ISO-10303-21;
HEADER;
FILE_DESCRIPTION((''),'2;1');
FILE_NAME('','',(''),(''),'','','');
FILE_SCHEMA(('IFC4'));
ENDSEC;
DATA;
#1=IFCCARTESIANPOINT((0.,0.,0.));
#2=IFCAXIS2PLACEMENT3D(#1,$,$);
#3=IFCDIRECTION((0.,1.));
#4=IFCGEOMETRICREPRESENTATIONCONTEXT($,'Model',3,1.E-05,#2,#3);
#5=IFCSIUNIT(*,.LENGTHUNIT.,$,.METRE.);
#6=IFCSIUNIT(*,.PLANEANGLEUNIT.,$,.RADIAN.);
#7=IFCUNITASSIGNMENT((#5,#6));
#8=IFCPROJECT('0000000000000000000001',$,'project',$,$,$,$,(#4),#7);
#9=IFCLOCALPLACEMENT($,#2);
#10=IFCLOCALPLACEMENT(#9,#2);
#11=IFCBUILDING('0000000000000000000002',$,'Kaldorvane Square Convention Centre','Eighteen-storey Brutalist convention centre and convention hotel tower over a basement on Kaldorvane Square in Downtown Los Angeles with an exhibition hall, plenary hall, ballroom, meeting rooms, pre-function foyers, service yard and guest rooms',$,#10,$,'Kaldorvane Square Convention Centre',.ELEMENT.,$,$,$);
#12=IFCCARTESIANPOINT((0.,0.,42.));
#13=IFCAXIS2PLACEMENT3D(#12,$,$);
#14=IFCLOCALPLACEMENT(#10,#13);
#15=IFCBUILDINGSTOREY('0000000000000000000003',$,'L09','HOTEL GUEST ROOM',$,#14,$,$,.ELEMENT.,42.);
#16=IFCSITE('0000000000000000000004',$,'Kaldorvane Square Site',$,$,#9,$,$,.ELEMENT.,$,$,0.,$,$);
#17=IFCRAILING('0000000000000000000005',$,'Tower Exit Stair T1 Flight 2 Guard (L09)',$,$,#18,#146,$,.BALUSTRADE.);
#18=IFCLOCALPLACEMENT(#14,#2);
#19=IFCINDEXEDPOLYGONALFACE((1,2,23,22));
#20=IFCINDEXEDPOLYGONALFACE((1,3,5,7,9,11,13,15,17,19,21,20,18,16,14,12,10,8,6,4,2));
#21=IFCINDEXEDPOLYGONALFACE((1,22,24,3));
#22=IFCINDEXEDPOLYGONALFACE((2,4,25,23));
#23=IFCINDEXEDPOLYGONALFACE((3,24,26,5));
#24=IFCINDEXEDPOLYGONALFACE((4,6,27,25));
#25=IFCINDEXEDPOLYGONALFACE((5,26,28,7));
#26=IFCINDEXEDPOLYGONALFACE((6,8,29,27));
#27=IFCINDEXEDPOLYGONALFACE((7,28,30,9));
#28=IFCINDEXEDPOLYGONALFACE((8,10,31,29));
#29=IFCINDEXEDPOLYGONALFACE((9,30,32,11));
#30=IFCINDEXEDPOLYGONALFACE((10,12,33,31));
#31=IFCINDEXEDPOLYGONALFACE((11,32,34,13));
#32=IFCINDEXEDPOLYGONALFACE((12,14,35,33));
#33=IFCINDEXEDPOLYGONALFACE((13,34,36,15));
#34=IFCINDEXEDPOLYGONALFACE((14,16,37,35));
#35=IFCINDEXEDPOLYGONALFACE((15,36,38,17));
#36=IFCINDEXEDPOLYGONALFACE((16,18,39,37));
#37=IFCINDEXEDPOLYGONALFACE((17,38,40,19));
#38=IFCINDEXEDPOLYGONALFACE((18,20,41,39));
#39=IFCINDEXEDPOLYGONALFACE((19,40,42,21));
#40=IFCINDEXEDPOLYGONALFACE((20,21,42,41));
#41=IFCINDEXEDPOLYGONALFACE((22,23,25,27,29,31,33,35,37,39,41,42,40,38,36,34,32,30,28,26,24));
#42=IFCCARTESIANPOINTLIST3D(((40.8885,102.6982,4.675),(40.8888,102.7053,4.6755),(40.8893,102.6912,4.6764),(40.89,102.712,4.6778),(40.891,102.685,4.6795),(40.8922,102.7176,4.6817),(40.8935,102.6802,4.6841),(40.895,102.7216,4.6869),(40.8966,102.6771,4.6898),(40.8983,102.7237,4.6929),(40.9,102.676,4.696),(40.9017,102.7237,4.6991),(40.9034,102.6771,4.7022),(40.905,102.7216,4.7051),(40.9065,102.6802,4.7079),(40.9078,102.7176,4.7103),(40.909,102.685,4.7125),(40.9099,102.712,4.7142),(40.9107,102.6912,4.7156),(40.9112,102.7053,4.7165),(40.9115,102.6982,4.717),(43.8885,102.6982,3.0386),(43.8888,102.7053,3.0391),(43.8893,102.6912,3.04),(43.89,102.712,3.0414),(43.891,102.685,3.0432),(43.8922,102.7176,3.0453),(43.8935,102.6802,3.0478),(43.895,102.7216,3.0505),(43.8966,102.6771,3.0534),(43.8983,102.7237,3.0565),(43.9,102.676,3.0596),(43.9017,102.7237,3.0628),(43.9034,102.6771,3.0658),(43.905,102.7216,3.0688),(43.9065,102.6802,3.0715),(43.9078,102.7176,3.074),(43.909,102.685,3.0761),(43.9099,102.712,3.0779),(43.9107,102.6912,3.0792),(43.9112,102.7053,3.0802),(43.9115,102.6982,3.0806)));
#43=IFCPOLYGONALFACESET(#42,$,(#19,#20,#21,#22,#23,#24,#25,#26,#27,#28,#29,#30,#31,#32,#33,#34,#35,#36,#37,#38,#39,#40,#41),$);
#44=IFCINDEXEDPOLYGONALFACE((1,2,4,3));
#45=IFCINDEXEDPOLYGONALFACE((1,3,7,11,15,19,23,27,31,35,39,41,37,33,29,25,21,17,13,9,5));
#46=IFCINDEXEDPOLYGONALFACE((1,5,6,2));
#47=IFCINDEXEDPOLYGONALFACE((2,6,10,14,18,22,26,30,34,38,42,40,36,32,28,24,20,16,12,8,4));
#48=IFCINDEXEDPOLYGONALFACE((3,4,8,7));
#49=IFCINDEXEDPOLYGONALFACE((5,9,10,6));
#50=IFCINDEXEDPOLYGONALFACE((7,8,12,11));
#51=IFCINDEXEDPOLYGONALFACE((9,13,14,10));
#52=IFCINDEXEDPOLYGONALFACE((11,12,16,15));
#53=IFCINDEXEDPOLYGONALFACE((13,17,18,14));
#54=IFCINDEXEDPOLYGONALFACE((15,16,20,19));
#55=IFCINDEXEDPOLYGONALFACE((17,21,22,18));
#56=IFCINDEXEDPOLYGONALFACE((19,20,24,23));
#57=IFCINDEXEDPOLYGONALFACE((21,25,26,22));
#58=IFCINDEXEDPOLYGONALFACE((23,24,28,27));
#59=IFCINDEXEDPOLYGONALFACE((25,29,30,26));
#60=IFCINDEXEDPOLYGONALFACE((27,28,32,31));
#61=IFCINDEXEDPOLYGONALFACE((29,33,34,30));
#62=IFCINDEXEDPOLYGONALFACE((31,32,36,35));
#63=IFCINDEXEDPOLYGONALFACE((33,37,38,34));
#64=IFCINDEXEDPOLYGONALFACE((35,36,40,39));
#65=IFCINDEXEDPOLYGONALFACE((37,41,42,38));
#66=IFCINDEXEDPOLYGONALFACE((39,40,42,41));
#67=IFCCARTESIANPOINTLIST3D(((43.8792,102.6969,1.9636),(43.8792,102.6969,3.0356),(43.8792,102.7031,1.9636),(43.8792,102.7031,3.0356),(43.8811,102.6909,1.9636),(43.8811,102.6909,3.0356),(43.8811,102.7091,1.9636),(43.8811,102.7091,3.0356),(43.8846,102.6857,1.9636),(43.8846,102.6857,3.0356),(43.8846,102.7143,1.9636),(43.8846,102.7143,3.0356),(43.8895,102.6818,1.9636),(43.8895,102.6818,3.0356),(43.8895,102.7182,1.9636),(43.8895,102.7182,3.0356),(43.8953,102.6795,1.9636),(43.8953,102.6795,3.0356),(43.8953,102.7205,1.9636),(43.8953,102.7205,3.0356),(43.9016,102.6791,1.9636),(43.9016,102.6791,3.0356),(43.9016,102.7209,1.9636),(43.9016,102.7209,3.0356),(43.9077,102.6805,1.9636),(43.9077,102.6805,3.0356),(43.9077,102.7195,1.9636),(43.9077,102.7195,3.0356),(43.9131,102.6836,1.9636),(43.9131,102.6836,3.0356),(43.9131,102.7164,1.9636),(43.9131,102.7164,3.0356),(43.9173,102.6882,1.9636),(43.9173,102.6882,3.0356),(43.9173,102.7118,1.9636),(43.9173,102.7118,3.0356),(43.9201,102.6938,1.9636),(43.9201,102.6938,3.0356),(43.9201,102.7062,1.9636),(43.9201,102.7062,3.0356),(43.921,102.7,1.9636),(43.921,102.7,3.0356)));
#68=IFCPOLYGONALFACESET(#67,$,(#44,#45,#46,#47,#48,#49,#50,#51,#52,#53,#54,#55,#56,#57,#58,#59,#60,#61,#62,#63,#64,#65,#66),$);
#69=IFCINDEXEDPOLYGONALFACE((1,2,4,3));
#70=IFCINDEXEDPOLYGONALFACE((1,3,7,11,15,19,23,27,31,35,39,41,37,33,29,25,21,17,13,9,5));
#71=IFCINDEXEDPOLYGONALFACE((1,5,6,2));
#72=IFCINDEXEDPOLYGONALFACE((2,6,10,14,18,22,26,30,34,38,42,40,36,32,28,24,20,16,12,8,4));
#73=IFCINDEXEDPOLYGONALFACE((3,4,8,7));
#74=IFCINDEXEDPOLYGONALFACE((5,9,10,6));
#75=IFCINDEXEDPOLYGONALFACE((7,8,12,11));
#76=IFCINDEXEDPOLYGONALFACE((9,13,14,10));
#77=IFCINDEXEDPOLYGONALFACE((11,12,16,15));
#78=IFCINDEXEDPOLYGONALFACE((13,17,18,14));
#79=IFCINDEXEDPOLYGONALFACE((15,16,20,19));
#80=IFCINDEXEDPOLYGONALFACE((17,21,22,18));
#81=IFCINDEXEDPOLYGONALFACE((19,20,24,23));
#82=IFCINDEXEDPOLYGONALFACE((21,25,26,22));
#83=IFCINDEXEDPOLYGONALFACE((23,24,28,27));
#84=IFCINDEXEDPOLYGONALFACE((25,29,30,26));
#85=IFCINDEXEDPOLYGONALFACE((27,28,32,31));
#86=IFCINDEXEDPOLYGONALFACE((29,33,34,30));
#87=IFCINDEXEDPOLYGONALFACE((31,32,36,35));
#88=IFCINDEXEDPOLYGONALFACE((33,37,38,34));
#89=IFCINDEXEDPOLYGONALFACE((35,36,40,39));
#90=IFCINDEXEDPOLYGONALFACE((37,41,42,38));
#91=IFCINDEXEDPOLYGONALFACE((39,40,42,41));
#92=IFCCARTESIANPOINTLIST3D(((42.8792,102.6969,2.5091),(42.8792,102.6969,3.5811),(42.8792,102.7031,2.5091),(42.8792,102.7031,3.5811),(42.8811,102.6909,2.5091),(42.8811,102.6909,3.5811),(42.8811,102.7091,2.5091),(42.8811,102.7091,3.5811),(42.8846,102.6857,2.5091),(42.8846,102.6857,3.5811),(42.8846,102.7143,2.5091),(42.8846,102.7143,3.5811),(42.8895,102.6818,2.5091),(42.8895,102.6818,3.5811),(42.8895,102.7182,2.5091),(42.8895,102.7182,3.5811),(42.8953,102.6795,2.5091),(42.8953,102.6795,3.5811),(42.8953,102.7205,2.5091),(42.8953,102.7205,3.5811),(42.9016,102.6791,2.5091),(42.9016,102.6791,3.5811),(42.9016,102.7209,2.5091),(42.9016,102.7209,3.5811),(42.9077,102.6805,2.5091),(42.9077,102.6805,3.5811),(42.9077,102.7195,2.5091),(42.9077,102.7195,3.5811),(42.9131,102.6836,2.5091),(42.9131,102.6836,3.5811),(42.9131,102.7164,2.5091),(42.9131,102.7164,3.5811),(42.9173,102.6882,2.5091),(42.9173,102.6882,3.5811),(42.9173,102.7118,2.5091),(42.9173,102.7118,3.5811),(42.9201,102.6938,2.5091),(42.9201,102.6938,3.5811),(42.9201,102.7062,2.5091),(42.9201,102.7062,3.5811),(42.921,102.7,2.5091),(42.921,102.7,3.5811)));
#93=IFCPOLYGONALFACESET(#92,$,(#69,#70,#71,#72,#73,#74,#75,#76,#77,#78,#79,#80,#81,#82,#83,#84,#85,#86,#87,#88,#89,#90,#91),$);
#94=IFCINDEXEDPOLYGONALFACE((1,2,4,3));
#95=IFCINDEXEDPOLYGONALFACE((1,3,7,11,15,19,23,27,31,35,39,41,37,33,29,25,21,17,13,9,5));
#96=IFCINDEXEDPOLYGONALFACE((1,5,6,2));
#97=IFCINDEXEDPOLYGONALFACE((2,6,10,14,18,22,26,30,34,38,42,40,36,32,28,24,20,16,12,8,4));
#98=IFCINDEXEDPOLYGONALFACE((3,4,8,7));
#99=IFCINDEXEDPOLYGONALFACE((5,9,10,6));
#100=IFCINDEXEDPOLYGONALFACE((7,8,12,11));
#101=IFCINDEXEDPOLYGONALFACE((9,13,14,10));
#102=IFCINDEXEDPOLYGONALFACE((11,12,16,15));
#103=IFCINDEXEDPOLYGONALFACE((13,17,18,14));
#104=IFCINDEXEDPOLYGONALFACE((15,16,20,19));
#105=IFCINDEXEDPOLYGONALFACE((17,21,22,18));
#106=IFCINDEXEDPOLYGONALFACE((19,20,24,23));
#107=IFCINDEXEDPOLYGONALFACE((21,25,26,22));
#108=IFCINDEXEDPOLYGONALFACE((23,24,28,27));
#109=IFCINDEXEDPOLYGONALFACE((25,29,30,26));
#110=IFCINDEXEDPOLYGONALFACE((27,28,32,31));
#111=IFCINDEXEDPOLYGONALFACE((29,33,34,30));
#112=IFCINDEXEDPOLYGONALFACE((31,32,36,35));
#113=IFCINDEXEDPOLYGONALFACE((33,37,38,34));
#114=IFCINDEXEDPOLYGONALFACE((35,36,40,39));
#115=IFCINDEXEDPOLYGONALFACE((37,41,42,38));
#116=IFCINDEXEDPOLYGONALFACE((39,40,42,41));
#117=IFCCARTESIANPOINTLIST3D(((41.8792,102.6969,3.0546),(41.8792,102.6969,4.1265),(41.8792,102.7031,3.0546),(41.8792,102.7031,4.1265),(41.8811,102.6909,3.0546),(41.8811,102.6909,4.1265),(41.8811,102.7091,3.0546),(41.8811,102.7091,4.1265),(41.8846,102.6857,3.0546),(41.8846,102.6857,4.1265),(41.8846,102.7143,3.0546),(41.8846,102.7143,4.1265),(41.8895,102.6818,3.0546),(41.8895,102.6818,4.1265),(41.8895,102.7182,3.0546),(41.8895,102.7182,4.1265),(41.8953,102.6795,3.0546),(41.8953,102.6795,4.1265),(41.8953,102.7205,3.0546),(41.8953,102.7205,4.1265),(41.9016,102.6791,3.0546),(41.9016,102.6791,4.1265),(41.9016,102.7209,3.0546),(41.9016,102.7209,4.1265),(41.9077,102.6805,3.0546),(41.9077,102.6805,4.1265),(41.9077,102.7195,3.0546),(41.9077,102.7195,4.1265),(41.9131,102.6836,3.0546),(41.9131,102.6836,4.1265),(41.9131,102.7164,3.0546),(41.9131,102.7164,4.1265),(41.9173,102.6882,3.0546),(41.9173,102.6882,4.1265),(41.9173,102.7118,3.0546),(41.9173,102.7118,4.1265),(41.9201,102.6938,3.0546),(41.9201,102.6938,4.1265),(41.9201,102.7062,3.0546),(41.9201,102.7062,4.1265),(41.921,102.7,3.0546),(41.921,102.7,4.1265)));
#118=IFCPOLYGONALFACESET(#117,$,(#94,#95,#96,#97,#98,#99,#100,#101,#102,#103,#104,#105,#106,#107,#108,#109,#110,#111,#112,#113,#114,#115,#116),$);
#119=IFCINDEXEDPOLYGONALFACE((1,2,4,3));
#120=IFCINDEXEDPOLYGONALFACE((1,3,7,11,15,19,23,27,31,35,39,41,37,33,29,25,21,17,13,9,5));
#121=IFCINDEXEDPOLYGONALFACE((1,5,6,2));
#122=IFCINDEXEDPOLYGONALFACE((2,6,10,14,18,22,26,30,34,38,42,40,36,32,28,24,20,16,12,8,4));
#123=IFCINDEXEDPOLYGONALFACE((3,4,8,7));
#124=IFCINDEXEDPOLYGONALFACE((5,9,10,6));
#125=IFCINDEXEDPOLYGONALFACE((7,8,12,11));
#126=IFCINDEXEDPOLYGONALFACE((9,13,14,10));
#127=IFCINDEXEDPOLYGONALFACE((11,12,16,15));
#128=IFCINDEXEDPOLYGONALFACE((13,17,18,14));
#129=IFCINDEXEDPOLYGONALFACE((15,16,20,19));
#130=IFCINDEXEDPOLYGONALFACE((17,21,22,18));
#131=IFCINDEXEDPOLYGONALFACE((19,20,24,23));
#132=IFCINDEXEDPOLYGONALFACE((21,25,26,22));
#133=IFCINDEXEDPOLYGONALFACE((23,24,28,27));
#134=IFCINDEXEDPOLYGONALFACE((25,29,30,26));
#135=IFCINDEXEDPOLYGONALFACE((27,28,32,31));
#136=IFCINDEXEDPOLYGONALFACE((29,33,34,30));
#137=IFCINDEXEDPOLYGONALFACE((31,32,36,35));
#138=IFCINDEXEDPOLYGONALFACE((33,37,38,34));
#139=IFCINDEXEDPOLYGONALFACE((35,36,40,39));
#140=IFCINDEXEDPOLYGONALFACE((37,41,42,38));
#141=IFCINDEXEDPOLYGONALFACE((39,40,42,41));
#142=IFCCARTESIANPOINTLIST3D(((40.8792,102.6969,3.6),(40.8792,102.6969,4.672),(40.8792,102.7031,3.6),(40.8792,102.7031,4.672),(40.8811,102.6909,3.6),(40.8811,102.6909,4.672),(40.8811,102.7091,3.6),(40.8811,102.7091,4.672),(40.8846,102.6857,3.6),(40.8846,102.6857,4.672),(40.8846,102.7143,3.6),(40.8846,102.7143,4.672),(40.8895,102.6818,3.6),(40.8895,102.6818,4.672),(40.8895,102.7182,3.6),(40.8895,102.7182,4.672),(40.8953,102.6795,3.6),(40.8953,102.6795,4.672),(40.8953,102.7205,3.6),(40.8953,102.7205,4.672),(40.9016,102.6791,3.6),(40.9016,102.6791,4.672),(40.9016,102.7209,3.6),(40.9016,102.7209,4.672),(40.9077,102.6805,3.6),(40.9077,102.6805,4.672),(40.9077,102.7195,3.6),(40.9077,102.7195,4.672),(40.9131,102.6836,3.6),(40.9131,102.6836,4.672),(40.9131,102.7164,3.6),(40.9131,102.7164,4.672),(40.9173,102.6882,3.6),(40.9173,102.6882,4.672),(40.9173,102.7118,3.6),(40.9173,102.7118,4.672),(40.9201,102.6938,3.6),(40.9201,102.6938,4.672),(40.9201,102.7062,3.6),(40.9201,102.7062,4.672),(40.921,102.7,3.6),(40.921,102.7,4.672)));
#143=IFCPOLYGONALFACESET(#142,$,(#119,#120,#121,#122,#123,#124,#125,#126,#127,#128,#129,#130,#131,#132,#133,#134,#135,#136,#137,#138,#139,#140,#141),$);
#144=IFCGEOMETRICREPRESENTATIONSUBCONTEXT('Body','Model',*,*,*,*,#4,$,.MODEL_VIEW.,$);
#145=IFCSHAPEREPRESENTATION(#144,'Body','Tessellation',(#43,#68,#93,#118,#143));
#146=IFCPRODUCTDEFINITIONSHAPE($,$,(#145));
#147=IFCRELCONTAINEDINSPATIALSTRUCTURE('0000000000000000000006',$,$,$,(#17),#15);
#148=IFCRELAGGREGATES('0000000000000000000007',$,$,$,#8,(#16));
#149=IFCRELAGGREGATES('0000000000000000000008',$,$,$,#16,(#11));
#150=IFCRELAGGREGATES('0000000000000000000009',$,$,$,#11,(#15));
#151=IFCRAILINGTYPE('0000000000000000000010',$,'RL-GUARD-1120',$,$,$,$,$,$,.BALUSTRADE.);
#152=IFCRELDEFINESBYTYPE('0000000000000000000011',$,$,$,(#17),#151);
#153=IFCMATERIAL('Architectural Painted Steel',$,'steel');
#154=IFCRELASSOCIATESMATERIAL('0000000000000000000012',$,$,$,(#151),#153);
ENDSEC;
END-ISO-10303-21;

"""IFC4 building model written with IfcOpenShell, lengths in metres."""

from ifc_helpers import new_model, si_unit, direction, frame, origin, origin_2d, place, context, subcontext, project, spatial, circle, extrude, material, type_object, element, save


model = new_model("IFC4")

# Units and contexts
model_context = context("Model", 3, precision=1e-05, world=origin(), true_north=direction((0.0, 1.0)))
body_context = subcontext(model_context, "Body", "Model", "MODEL_VIEW")
ifc_project = project(units=[si_unit("LENGTHUNIT", "METRE"), si_unit("PLANEANGLEUNIT", "RADIAN")], contexts=[model_context])

# Site, building, storey
site_placement = place(None, origin())
site = spatial("IfcSite", under=ifc_project, at=site_placement, Name="Kaldorvane Square Site", CompositionType="ELEMENT", RefElevation=0.0)
building_placement = place(site_placement, origin())
building = spatial("IfcBuilding", under=site, at=building_placement, Name="Kaldorvane Square Convention Centre", Description="Eighteen-storey Brutalist convention centre and convention hotel tower over a basement on Kaldorvane Square in Downtown Los Angeles with an exhibition hall, plenary hall, ballroom, meeting rooms, pre-function foyers, service yard and guest rooms", LongName="Kaldorvane Square Convention Centre", CompositionType="ELEMENT")
storey_placement = place(building_placement, frame((0.0, 0.0, 42.0)))
storey = spatial("IfcBuildingStorey", under=building, at=storey_placement, Name="L09", Description="HOTEL GUEST ROOM", CompositionType="ELEMENT", Elevation=42.0)

# Railing
ifc_material_1 = material(Name="Architectural Painted Steel", Category="steel")
railing_type_1 = type_object("IfcRailingType", Name="RL-GUARD-1120", PredefinedType="BALUSTRADE", material=ifc_material_1)
railing_1_placement = place(storey_placement, frame((43.9, 102.7, 1.9636)))
element("IfcRailing", 1, at=railing_1_placement, inside=storey, type_object=railing_type_1, Name="Tower Exit Stair T1 Flight 2 Guard (L09)", PredefinedType="BALUSTRADE", context=body_context, shape_type="SweptSolid", body=[
    extrude(circle(Radius=0.024, at=origin_2d()), frame((0.0, 0.0, 1.096), z_axis=(-0.877895, 0.0, 0.478853), x_axis=(0.0, -1.0, 0.0)), (0.0, 0.0, 1.0), 3.4173),
    extrude(circle(Radius=0.021, at=origin_2d()), origin(), (0.0, 0.0, 1.0), 1.072),
    extrude(circle(Radius=0.021, at=origin_2d()), frame((-1.0, 0.0, 0.5455)), (0.0, 0.0, 1.0), 1.072),
    extrude(circle(Radius=0.021, at=origin_2d()), frame((-2.0, 0.0, 1.0909)), (0.0, 0.0, 1.0), 1.072),
    extrude(circle(Radius=0.021, at=origin_2d()), frame((-3.0, 0.0, 1.6364)), (0.0, 0.0, 1.0), 1.072),
])

save(model, "model.ifc")
